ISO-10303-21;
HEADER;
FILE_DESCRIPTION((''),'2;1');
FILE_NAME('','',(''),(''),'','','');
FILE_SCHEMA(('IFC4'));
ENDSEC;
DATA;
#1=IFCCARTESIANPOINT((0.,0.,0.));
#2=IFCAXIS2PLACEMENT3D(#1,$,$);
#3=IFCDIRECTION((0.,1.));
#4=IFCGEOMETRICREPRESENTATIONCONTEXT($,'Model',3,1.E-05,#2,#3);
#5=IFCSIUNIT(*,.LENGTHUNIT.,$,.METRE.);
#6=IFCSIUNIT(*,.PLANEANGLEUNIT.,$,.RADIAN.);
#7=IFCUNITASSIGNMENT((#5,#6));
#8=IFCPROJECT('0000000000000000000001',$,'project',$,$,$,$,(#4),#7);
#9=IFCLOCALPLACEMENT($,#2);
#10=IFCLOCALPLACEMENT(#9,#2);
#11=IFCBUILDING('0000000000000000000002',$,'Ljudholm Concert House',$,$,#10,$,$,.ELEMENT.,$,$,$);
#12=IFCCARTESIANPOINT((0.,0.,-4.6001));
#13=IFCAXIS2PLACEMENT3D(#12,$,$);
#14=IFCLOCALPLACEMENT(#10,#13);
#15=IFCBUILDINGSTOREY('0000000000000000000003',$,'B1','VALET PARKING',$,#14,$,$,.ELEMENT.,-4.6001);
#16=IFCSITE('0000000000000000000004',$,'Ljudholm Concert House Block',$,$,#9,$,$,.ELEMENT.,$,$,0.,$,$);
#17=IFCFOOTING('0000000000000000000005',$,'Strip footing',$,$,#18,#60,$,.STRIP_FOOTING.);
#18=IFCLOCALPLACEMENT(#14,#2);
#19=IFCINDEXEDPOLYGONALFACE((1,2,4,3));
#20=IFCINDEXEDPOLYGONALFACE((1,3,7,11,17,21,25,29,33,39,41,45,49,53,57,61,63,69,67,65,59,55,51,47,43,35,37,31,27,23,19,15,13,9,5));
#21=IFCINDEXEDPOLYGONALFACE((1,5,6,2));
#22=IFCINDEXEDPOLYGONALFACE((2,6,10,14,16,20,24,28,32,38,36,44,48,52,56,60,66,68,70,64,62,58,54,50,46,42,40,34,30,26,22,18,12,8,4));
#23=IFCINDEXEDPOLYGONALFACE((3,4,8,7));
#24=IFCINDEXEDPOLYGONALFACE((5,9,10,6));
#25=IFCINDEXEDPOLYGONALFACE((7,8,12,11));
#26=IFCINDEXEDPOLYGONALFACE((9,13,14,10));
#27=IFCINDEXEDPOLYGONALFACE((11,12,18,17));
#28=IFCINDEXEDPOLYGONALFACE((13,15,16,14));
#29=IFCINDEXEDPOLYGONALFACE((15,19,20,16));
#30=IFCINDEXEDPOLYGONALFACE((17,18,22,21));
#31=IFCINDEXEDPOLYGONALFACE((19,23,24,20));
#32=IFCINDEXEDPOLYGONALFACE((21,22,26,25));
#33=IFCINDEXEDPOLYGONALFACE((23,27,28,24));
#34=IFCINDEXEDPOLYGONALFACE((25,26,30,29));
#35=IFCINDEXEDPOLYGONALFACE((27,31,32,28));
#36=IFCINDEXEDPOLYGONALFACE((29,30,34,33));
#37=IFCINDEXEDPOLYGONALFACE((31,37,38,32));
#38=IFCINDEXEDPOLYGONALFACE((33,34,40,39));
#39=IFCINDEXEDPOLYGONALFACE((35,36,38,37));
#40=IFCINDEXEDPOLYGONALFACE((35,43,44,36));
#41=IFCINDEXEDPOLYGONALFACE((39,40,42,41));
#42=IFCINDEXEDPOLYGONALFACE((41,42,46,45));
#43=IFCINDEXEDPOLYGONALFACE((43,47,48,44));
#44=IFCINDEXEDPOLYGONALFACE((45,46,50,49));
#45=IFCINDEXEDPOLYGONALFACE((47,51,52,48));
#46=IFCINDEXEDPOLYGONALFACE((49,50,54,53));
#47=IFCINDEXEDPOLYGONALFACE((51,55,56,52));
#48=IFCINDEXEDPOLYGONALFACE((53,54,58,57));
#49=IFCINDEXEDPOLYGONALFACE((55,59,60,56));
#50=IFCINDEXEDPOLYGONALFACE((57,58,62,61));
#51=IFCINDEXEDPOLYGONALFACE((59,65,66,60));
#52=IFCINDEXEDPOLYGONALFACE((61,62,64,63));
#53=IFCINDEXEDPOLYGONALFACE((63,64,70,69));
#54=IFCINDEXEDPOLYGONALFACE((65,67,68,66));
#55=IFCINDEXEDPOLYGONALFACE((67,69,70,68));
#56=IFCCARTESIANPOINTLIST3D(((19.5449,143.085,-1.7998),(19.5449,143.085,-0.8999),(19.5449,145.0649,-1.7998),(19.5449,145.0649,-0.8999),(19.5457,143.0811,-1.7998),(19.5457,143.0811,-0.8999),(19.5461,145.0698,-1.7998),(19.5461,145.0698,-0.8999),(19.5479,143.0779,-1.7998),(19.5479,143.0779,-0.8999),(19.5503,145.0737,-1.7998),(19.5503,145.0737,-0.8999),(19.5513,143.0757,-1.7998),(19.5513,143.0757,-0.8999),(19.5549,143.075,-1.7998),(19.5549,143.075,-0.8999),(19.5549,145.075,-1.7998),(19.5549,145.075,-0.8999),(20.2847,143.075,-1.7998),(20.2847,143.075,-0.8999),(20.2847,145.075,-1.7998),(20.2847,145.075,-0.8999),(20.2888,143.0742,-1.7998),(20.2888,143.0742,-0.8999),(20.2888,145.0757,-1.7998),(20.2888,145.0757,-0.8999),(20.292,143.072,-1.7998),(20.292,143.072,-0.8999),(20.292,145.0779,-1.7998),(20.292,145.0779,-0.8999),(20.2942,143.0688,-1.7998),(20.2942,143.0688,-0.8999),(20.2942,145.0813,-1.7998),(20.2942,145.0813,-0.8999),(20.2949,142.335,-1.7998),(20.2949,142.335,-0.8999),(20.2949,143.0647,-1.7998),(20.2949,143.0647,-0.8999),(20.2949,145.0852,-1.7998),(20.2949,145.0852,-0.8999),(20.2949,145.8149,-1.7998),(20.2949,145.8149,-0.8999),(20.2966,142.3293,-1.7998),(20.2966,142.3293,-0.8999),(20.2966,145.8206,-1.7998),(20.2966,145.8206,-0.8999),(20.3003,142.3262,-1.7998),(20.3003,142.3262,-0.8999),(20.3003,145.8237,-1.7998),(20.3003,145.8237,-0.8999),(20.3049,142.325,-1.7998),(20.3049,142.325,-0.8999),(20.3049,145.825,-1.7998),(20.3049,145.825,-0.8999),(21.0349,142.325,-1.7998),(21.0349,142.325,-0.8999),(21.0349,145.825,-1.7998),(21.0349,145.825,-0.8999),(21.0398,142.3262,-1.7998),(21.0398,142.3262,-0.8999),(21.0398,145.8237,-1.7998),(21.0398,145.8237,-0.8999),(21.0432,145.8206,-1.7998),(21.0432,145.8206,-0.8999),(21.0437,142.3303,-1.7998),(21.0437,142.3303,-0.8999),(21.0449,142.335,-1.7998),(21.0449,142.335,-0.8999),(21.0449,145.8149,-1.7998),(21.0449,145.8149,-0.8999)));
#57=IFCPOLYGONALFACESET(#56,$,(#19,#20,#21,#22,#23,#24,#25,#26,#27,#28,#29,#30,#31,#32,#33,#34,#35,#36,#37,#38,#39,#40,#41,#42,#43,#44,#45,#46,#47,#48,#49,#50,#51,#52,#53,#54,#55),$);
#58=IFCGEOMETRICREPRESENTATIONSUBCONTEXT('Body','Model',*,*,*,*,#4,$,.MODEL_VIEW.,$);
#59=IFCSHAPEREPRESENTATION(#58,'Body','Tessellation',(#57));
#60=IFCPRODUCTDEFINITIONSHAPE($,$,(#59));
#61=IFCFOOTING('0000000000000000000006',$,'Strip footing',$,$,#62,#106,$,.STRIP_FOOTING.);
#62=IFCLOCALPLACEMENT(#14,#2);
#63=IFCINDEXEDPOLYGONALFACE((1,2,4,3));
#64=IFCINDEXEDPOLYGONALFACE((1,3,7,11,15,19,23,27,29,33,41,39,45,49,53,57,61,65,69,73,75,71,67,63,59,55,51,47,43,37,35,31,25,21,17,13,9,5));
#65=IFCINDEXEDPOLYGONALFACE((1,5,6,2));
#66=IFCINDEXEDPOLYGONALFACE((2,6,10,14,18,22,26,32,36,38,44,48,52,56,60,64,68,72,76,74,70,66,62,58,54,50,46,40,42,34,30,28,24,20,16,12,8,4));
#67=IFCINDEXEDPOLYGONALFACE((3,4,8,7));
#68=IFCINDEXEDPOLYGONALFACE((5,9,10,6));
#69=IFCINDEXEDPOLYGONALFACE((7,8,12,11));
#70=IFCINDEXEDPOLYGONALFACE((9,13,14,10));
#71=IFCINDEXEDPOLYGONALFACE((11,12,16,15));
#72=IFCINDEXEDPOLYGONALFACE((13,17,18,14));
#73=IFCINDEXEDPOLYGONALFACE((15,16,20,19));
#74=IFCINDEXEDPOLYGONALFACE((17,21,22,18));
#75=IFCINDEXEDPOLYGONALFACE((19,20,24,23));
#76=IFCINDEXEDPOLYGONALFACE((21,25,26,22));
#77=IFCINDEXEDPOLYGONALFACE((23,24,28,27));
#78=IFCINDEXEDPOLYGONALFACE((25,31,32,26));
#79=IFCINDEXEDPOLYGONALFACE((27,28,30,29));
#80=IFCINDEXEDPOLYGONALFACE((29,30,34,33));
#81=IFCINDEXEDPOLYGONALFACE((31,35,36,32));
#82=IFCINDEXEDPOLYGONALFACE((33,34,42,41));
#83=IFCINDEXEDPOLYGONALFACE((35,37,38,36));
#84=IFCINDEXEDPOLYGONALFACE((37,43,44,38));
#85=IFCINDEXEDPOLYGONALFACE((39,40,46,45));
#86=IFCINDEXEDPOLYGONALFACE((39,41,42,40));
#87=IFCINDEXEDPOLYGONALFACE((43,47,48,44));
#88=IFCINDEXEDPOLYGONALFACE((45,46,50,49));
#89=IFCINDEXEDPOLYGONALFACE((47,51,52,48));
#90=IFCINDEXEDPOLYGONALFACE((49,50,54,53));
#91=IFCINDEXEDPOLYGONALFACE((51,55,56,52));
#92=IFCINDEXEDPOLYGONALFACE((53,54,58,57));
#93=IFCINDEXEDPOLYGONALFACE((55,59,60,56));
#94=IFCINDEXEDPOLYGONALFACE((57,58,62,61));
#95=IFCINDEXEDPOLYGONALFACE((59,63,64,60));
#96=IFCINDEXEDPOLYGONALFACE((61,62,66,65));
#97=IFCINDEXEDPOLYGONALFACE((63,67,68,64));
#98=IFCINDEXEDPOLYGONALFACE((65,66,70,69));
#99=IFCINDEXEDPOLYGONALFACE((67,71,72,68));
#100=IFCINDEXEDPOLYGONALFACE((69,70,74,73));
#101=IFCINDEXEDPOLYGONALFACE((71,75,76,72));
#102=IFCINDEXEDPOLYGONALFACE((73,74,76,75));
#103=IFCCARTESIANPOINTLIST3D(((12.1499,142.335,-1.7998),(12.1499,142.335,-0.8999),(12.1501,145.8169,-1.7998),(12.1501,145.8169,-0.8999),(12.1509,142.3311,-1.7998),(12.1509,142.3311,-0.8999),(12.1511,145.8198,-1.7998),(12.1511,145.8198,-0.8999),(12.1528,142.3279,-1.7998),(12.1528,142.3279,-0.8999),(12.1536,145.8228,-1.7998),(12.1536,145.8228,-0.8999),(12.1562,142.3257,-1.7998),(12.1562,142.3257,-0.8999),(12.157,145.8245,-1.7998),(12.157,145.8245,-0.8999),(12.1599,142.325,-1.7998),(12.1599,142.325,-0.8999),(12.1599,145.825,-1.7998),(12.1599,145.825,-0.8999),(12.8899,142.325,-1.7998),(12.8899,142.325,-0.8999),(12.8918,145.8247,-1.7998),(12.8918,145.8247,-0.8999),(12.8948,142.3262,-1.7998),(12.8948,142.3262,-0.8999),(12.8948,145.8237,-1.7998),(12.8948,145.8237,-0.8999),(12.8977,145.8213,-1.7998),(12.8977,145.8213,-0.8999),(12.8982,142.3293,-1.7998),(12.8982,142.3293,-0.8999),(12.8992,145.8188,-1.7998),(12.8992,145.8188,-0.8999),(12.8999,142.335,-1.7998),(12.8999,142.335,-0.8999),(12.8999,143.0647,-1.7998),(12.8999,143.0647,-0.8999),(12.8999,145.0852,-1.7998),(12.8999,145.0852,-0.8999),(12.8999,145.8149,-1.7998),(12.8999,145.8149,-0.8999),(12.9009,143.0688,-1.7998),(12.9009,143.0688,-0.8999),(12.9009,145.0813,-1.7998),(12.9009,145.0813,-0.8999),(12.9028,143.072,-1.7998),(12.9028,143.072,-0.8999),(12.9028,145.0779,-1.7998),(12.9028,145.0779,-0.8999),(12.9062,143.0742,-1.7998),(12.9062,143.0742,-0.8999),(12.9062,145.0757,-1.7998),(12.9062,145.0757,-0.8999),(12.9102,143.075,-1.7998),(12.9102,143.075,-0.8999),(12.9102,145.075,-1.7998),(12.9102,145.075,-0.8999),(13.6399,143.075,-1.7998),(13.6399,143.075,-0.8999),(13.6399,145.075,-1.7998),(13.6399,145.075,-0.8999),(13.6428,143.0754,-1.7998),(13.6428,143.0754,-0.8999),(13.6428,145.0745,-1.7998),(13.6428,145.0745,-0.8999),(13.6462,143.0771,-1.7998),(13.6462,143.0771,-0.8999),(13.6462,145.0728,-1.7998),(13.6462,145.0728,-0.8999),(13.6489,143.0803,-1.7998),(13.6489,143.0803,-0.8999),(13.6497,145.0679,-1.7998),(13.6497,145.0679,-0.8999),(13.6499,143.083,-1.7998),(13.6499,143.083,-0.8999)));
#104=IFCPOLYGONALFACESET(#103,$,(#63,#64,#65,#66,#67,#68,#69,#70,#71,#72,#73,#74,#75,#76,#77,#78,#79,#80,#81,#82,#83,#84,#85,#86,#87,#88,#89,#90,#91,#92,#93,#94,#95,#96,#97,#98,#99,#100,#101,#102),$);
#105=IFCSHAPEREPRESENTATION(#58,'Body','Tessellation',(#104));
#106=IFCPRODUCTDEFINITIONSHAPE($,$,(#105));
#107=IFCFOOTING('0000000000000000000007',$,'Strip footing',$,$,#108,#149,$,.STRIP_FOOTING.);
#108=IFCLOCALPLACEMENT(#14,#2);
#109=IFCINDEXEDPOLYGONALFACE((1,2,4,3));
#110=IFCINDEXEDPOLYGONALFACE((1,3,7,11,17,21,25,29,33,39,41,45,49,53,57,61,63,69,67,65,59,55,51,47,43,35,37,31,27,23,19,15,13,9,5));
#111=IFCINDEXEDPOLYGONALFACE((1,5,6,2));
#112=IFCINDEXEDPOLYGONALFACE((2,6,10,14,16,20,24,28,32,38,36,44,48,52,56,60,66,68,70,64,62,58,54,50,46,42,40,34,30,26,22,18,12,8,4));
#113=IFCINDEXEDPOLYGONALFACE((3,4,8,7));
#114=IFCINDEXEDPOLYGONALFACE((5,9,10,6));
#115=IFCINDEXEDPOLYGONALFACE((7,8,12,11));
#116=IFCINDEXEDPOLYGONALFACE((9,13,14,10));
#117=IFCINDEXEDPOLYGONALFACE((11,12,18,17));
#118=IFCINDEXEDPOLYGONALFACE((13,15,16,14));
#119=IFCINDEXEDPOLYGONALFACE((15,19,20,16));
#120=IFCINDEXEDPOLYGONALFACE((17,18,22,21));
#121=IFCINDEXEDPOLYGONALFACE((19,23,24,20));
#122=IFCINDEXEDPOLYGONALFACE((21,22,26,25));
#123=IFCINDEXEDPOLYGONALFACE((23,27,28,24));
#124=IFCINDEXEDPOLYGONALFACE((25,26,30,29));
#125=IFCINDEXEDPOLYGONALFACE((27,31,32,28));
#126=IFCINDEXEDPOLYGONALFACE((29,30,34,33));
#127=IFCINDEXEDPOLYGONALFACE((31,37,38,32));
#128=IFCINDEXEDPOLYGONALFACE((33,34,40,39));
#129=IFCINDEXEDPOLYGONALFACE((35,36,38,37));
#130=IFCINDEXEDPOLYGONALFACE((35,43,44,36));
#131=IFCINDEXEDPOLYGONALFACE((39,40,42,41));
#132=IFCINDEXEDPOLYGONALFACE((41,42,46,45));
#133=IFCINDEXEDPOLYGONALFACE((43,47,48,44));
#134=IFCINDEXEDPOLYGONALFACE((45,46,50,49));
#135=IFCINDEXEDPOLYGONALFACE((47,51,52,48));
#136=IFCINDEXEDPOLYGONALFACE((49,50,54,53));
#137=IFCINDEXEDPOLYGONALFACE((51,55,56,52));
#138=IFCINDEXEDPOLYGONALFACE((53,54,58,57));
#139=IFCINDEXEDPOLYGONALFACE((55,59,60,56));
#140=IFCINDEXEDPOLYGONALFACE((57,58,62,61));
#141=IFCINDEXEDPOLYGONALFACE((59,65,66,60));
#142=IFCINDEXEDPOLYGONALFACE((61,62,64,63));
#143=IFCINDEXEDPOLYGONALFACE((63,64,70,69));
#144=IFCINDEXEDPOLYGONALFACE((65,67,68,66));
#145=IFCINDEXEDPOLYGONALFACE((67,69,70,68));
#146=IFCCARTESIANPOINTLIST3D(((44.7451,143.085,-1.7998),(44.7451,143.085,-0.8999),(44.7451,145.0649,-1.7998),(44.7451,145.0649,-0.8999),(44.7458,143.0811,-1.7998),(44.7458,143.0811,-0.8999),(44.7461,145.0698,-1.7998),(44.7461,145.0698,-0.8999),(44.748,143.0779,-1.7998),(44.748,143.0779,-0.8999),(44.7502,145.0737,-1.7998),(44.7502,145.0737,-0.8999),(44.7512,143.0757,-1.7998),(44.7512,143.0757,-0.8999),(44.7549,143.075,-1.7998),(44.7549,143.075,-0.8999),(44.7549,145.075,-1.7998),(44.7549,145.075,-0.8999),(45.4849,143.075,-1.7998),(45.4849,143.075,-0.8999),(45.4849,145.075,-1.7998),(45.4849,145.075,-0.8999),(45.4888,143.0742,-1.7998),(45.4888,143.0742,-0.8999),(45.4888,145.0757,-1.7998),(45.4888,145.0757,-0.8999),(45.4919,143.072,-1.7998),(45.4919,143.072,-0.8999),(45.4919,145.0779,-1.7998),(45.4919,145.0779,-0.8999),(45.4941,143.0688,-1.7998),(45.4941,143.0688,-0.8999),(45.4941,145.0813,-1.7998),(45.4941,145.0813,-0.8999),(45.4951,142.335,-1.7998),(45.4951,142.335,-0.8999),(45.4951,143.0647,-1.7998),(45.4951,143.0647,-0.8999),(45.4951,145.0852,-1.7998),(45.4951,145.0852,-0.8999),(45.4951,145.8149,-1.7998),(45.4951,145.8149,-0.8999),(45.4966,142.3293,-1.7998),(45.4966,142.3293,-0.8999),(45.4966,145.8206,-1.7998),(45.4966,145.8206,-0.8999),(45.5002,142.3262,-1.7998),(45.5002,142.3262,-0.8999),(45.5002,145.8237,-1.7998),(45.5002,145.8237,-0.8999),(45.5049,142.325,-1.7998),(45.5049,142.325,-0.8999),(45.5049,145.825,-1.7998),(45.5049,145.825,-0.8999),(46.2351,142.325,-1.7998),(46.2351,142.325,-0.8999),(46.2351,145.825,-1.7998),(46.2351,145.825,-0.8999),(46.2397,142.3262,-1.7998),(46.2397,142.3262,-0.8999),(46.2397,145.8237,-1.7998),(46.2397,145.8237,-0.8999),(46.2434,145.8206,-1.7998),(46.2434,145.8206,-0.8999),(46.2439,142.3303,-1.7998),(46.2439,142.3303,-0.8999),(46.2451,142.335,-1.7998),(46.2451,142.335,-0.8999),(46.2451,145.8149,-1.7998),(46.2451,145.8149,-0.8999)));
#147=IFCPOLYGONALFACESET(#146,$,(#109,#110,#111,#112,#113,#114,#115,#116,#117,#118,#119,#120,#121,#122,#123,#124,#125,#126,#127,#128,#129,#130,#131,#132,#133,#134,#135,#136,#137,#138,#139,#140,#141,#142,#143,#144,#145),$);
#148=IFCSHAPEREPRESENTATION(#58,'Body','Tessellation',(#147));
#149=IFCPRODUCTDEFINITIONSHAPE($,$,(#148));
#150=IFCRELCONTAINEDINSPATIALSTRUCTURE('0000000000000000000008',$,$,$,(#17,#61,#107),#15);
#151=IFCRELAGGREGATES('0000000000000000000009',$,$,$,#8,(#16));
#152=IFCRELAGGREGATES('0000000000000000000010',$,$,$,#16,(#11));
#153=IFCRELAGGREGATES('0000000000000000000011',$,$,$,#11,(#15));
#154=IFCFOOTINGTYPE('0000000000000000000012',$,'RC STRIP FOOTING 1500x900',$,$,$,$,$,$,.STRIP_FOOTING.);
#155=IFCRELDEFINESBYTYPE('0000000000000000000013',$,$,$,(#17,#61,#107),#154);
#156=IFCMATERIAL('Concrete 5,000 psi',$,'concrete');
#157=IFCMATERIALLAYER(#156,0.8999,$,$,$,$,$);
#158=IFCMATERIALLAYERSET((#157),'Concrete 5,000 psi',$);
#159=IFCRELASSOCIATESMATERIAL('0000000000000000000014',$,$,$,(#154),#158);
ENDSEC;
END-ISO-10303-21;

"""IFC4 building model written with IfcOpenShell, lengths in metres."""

from ifc_helpers import new_model, si_unit, direction, frame, origin, place, context, subcontext, project, spatial, polyline, outline, extrude, material, layer, layer_set, type_object, element, save


model = new_model("IFC4")

# Units and contexts
model_context = context("Model", 3, precision=1e-05, world=origin(), true_north=direction((0.0, 1.0)))
body_context = subcontext(model_context, "Body", "Model", "MODEL_VIEW")
ifc_project = project(units=[si_unit("LENGTHUNIT", "METRE"), si_unit("PLANEANGLEUNIT", "RADIAN")], contexts=[model_context])

# Site, building, storey
site_placement = place(None, origin())
site = spatial("IfcSite", under=ifc_project, at=site_placement, Name="Ljudholm Concert House Block", CompositionType="ELEMENT", RefElevation=0.0)
building_placement = place(site_placement, origin())
building = spatial("IfcBuilding", under=site, at=building_placement, Name="Ljudholm Concert House", CompositionType="ELEMENT")
storey_placement = place(building_placement, frame((0.0, 0.0, -4.6001)))
storey = spatial("IfcBuildingStorey", under=building, at=storey_placement, Name="B1", Description="VALET PARKING", CompositionType="ELEMENT", Elevation=-4.6001)

# Footings
ifc_material_1 = material(Name="Concrete 5,000 psi", Category="concrete")
ifc_layer_1 = layer(ifc_material_1, 0.8999)
ifc_layer_set_1 = layer_set([ifc_layer_1], Name="Concrete 5,000 psi")
footing_type_1 = type_object("IfcFootingType", Name="RC STRIP FOOTING 1500x900", PredefinedType="STRIP_FOOTING", material=ifc_layer_set_1)
footing_1_placement = place(storey_placement, frame((0.0, 0.0, -1.7998)))
element("IfcFooting", 1, at=footing_1_placement, inside=storey, type_object=footing_type_1, Name="Strip footing", PredefinedType="STRIP_FOOTING", context=body_context, shape_type="SweptSolid", body=[
    extrude(outline(polyline([(19.5549, 143.075), (20.2847, 143.075), (20.2888, 143.0742), (20.292, 143.072), (20.2942, 143.0688), (20.2949, 143.0647), (20.2949, 142.335), (20.2966, 142.3293), (20.3003, 142.3262), (20.3049, 142.325), (21.0349, 142.325), (21.0398, 142.3262), (21.0437, 142.3303), (21.0449, 142.335), (21.0449, 145.8149), (21.0432, 145.8206), (21.0398, 145.8237), (21.0349, 145.825), (20.3049, 145.825), (20.3003, 145.8237), (20.2966, 145.8206), (20.2949, 145.8149), (20.2949, 145.0852), (20.2942, 145.0813), (20.292, 145.0779), (20.2888, 145.0757), (20.2847, 145.075), (19.5549, 145.075), (19.5503, 145.0737), (19.5461, 145.0698), (19.5449, 145.0649), (19.5449, 143.085), (19.5457, 143.0811), (19.5479, 143.0779), (19.5513, 143.0757), (19.5549, 143.075)])), origin(), (0.0, 0.0, 1.0), 0.8999),
])
footing_2_placement = place(storey_placement, frame((0.0, 0.0, -1.7998)))
element("IfcFooting", 2, at=footing_2_placement, inside=storey, type_object=footing_type_1, Name="Strip footing", PredefinedType="STRIP_FOOTING", context=body_context, shape_type="SweptSolid", body=[
    extrude(outline(polyline([(12.1599, 142.325), (12.8899, 142.325), (12.8948, 142.3262), (12.8982, 142.3293), (12.8999, 142.335), (12.8999, 143.0647), (12.9009, 143.0688), (12.9028, 143.072), (12.9062, 143.0742), (12.9102, 143.075), (13.6399, 143.075), (13.6428, 143.0754), (13.6462, 143.0771), (13.6489, 143.0803), (13.6499, 143.083), (13.6497, 145.0679), (13.6462, 145.0728), (13.6428, 145.0745), (13.6399, 145.075), (12.9102, 145.075), (12.9062, 145.0757), (12.9028, 145.0779), (12.9009, 145.0813), (12.8999, 145.0852), (12.8999, 145.8149), (12.8992, 145.8188), (12.8977, 145.8213), (12.8948, 145.8237), (12.8918, 145.8247), (12.1599, 145.825), (12.157, 145.8245), (12.1536, 145.8228), (12.1511, 145.8198), (12.1501, 145.8169), (12.1499, 142.335), (12.1509, 142.3311), (12.1528, 142.3279), (12.1562, 142.3257), (12.1599, 142.325)])), origin(), (0.0, 0.0, 1.0), 0.8999),
])
footing_3_placement = place(storey_placement, frame((0.0, 0.0, -1.7998)))
element("IfcFooting", 3, at=footing_3_placement, inside=storey, type_object=footing_type_1, Name="Strip footing", PredefinedType="STRIP_FOOTING", context=body_context, shape_type="SweptSolid", body=[
    extrude(outline(polyline([(44.7549, 143.075), (45.4849, 143.075), (45.4888, 143.0742), (45.4919, 143.072), (45.4941, 143.0688), (45.4951, 143.0647), (45.4951, 142.335), (45.4966, 142.3293), (45.5002, 142.3262), (45.5049, 142.325), (46.2351, 142.325), (46.2397, 142.3262), (46.2439, 142.3303), (46.2451, 142.335), (46.2451, 145.8149), (46.2434, 145.8206), (46.2397, 145.8237), (46.2351, 145.825), (45.5049, 145.825), (45.5002, 145.8237), (45.4966, 145.8206), (45.4951, 145.8149), (45.4951, 145.0852), (45.4941, 145.0813), (45.4919, 145.0779), (45.4888, 145.0757), (45.4849, 145.075), (44.7549, 145.075), (44.7502, 145.0737), (44.7461, 145.0698), (44.7451, 145.0649), (44.7451, 143.085), (44.7458, 143.0811), (44.748, 143.0779), (44.7512, 143.0757), (44.7549, 143.075)])), origin(), (0.0, 0.0, 1.0), 0.8999),
])

save(model, "model.ifc")
